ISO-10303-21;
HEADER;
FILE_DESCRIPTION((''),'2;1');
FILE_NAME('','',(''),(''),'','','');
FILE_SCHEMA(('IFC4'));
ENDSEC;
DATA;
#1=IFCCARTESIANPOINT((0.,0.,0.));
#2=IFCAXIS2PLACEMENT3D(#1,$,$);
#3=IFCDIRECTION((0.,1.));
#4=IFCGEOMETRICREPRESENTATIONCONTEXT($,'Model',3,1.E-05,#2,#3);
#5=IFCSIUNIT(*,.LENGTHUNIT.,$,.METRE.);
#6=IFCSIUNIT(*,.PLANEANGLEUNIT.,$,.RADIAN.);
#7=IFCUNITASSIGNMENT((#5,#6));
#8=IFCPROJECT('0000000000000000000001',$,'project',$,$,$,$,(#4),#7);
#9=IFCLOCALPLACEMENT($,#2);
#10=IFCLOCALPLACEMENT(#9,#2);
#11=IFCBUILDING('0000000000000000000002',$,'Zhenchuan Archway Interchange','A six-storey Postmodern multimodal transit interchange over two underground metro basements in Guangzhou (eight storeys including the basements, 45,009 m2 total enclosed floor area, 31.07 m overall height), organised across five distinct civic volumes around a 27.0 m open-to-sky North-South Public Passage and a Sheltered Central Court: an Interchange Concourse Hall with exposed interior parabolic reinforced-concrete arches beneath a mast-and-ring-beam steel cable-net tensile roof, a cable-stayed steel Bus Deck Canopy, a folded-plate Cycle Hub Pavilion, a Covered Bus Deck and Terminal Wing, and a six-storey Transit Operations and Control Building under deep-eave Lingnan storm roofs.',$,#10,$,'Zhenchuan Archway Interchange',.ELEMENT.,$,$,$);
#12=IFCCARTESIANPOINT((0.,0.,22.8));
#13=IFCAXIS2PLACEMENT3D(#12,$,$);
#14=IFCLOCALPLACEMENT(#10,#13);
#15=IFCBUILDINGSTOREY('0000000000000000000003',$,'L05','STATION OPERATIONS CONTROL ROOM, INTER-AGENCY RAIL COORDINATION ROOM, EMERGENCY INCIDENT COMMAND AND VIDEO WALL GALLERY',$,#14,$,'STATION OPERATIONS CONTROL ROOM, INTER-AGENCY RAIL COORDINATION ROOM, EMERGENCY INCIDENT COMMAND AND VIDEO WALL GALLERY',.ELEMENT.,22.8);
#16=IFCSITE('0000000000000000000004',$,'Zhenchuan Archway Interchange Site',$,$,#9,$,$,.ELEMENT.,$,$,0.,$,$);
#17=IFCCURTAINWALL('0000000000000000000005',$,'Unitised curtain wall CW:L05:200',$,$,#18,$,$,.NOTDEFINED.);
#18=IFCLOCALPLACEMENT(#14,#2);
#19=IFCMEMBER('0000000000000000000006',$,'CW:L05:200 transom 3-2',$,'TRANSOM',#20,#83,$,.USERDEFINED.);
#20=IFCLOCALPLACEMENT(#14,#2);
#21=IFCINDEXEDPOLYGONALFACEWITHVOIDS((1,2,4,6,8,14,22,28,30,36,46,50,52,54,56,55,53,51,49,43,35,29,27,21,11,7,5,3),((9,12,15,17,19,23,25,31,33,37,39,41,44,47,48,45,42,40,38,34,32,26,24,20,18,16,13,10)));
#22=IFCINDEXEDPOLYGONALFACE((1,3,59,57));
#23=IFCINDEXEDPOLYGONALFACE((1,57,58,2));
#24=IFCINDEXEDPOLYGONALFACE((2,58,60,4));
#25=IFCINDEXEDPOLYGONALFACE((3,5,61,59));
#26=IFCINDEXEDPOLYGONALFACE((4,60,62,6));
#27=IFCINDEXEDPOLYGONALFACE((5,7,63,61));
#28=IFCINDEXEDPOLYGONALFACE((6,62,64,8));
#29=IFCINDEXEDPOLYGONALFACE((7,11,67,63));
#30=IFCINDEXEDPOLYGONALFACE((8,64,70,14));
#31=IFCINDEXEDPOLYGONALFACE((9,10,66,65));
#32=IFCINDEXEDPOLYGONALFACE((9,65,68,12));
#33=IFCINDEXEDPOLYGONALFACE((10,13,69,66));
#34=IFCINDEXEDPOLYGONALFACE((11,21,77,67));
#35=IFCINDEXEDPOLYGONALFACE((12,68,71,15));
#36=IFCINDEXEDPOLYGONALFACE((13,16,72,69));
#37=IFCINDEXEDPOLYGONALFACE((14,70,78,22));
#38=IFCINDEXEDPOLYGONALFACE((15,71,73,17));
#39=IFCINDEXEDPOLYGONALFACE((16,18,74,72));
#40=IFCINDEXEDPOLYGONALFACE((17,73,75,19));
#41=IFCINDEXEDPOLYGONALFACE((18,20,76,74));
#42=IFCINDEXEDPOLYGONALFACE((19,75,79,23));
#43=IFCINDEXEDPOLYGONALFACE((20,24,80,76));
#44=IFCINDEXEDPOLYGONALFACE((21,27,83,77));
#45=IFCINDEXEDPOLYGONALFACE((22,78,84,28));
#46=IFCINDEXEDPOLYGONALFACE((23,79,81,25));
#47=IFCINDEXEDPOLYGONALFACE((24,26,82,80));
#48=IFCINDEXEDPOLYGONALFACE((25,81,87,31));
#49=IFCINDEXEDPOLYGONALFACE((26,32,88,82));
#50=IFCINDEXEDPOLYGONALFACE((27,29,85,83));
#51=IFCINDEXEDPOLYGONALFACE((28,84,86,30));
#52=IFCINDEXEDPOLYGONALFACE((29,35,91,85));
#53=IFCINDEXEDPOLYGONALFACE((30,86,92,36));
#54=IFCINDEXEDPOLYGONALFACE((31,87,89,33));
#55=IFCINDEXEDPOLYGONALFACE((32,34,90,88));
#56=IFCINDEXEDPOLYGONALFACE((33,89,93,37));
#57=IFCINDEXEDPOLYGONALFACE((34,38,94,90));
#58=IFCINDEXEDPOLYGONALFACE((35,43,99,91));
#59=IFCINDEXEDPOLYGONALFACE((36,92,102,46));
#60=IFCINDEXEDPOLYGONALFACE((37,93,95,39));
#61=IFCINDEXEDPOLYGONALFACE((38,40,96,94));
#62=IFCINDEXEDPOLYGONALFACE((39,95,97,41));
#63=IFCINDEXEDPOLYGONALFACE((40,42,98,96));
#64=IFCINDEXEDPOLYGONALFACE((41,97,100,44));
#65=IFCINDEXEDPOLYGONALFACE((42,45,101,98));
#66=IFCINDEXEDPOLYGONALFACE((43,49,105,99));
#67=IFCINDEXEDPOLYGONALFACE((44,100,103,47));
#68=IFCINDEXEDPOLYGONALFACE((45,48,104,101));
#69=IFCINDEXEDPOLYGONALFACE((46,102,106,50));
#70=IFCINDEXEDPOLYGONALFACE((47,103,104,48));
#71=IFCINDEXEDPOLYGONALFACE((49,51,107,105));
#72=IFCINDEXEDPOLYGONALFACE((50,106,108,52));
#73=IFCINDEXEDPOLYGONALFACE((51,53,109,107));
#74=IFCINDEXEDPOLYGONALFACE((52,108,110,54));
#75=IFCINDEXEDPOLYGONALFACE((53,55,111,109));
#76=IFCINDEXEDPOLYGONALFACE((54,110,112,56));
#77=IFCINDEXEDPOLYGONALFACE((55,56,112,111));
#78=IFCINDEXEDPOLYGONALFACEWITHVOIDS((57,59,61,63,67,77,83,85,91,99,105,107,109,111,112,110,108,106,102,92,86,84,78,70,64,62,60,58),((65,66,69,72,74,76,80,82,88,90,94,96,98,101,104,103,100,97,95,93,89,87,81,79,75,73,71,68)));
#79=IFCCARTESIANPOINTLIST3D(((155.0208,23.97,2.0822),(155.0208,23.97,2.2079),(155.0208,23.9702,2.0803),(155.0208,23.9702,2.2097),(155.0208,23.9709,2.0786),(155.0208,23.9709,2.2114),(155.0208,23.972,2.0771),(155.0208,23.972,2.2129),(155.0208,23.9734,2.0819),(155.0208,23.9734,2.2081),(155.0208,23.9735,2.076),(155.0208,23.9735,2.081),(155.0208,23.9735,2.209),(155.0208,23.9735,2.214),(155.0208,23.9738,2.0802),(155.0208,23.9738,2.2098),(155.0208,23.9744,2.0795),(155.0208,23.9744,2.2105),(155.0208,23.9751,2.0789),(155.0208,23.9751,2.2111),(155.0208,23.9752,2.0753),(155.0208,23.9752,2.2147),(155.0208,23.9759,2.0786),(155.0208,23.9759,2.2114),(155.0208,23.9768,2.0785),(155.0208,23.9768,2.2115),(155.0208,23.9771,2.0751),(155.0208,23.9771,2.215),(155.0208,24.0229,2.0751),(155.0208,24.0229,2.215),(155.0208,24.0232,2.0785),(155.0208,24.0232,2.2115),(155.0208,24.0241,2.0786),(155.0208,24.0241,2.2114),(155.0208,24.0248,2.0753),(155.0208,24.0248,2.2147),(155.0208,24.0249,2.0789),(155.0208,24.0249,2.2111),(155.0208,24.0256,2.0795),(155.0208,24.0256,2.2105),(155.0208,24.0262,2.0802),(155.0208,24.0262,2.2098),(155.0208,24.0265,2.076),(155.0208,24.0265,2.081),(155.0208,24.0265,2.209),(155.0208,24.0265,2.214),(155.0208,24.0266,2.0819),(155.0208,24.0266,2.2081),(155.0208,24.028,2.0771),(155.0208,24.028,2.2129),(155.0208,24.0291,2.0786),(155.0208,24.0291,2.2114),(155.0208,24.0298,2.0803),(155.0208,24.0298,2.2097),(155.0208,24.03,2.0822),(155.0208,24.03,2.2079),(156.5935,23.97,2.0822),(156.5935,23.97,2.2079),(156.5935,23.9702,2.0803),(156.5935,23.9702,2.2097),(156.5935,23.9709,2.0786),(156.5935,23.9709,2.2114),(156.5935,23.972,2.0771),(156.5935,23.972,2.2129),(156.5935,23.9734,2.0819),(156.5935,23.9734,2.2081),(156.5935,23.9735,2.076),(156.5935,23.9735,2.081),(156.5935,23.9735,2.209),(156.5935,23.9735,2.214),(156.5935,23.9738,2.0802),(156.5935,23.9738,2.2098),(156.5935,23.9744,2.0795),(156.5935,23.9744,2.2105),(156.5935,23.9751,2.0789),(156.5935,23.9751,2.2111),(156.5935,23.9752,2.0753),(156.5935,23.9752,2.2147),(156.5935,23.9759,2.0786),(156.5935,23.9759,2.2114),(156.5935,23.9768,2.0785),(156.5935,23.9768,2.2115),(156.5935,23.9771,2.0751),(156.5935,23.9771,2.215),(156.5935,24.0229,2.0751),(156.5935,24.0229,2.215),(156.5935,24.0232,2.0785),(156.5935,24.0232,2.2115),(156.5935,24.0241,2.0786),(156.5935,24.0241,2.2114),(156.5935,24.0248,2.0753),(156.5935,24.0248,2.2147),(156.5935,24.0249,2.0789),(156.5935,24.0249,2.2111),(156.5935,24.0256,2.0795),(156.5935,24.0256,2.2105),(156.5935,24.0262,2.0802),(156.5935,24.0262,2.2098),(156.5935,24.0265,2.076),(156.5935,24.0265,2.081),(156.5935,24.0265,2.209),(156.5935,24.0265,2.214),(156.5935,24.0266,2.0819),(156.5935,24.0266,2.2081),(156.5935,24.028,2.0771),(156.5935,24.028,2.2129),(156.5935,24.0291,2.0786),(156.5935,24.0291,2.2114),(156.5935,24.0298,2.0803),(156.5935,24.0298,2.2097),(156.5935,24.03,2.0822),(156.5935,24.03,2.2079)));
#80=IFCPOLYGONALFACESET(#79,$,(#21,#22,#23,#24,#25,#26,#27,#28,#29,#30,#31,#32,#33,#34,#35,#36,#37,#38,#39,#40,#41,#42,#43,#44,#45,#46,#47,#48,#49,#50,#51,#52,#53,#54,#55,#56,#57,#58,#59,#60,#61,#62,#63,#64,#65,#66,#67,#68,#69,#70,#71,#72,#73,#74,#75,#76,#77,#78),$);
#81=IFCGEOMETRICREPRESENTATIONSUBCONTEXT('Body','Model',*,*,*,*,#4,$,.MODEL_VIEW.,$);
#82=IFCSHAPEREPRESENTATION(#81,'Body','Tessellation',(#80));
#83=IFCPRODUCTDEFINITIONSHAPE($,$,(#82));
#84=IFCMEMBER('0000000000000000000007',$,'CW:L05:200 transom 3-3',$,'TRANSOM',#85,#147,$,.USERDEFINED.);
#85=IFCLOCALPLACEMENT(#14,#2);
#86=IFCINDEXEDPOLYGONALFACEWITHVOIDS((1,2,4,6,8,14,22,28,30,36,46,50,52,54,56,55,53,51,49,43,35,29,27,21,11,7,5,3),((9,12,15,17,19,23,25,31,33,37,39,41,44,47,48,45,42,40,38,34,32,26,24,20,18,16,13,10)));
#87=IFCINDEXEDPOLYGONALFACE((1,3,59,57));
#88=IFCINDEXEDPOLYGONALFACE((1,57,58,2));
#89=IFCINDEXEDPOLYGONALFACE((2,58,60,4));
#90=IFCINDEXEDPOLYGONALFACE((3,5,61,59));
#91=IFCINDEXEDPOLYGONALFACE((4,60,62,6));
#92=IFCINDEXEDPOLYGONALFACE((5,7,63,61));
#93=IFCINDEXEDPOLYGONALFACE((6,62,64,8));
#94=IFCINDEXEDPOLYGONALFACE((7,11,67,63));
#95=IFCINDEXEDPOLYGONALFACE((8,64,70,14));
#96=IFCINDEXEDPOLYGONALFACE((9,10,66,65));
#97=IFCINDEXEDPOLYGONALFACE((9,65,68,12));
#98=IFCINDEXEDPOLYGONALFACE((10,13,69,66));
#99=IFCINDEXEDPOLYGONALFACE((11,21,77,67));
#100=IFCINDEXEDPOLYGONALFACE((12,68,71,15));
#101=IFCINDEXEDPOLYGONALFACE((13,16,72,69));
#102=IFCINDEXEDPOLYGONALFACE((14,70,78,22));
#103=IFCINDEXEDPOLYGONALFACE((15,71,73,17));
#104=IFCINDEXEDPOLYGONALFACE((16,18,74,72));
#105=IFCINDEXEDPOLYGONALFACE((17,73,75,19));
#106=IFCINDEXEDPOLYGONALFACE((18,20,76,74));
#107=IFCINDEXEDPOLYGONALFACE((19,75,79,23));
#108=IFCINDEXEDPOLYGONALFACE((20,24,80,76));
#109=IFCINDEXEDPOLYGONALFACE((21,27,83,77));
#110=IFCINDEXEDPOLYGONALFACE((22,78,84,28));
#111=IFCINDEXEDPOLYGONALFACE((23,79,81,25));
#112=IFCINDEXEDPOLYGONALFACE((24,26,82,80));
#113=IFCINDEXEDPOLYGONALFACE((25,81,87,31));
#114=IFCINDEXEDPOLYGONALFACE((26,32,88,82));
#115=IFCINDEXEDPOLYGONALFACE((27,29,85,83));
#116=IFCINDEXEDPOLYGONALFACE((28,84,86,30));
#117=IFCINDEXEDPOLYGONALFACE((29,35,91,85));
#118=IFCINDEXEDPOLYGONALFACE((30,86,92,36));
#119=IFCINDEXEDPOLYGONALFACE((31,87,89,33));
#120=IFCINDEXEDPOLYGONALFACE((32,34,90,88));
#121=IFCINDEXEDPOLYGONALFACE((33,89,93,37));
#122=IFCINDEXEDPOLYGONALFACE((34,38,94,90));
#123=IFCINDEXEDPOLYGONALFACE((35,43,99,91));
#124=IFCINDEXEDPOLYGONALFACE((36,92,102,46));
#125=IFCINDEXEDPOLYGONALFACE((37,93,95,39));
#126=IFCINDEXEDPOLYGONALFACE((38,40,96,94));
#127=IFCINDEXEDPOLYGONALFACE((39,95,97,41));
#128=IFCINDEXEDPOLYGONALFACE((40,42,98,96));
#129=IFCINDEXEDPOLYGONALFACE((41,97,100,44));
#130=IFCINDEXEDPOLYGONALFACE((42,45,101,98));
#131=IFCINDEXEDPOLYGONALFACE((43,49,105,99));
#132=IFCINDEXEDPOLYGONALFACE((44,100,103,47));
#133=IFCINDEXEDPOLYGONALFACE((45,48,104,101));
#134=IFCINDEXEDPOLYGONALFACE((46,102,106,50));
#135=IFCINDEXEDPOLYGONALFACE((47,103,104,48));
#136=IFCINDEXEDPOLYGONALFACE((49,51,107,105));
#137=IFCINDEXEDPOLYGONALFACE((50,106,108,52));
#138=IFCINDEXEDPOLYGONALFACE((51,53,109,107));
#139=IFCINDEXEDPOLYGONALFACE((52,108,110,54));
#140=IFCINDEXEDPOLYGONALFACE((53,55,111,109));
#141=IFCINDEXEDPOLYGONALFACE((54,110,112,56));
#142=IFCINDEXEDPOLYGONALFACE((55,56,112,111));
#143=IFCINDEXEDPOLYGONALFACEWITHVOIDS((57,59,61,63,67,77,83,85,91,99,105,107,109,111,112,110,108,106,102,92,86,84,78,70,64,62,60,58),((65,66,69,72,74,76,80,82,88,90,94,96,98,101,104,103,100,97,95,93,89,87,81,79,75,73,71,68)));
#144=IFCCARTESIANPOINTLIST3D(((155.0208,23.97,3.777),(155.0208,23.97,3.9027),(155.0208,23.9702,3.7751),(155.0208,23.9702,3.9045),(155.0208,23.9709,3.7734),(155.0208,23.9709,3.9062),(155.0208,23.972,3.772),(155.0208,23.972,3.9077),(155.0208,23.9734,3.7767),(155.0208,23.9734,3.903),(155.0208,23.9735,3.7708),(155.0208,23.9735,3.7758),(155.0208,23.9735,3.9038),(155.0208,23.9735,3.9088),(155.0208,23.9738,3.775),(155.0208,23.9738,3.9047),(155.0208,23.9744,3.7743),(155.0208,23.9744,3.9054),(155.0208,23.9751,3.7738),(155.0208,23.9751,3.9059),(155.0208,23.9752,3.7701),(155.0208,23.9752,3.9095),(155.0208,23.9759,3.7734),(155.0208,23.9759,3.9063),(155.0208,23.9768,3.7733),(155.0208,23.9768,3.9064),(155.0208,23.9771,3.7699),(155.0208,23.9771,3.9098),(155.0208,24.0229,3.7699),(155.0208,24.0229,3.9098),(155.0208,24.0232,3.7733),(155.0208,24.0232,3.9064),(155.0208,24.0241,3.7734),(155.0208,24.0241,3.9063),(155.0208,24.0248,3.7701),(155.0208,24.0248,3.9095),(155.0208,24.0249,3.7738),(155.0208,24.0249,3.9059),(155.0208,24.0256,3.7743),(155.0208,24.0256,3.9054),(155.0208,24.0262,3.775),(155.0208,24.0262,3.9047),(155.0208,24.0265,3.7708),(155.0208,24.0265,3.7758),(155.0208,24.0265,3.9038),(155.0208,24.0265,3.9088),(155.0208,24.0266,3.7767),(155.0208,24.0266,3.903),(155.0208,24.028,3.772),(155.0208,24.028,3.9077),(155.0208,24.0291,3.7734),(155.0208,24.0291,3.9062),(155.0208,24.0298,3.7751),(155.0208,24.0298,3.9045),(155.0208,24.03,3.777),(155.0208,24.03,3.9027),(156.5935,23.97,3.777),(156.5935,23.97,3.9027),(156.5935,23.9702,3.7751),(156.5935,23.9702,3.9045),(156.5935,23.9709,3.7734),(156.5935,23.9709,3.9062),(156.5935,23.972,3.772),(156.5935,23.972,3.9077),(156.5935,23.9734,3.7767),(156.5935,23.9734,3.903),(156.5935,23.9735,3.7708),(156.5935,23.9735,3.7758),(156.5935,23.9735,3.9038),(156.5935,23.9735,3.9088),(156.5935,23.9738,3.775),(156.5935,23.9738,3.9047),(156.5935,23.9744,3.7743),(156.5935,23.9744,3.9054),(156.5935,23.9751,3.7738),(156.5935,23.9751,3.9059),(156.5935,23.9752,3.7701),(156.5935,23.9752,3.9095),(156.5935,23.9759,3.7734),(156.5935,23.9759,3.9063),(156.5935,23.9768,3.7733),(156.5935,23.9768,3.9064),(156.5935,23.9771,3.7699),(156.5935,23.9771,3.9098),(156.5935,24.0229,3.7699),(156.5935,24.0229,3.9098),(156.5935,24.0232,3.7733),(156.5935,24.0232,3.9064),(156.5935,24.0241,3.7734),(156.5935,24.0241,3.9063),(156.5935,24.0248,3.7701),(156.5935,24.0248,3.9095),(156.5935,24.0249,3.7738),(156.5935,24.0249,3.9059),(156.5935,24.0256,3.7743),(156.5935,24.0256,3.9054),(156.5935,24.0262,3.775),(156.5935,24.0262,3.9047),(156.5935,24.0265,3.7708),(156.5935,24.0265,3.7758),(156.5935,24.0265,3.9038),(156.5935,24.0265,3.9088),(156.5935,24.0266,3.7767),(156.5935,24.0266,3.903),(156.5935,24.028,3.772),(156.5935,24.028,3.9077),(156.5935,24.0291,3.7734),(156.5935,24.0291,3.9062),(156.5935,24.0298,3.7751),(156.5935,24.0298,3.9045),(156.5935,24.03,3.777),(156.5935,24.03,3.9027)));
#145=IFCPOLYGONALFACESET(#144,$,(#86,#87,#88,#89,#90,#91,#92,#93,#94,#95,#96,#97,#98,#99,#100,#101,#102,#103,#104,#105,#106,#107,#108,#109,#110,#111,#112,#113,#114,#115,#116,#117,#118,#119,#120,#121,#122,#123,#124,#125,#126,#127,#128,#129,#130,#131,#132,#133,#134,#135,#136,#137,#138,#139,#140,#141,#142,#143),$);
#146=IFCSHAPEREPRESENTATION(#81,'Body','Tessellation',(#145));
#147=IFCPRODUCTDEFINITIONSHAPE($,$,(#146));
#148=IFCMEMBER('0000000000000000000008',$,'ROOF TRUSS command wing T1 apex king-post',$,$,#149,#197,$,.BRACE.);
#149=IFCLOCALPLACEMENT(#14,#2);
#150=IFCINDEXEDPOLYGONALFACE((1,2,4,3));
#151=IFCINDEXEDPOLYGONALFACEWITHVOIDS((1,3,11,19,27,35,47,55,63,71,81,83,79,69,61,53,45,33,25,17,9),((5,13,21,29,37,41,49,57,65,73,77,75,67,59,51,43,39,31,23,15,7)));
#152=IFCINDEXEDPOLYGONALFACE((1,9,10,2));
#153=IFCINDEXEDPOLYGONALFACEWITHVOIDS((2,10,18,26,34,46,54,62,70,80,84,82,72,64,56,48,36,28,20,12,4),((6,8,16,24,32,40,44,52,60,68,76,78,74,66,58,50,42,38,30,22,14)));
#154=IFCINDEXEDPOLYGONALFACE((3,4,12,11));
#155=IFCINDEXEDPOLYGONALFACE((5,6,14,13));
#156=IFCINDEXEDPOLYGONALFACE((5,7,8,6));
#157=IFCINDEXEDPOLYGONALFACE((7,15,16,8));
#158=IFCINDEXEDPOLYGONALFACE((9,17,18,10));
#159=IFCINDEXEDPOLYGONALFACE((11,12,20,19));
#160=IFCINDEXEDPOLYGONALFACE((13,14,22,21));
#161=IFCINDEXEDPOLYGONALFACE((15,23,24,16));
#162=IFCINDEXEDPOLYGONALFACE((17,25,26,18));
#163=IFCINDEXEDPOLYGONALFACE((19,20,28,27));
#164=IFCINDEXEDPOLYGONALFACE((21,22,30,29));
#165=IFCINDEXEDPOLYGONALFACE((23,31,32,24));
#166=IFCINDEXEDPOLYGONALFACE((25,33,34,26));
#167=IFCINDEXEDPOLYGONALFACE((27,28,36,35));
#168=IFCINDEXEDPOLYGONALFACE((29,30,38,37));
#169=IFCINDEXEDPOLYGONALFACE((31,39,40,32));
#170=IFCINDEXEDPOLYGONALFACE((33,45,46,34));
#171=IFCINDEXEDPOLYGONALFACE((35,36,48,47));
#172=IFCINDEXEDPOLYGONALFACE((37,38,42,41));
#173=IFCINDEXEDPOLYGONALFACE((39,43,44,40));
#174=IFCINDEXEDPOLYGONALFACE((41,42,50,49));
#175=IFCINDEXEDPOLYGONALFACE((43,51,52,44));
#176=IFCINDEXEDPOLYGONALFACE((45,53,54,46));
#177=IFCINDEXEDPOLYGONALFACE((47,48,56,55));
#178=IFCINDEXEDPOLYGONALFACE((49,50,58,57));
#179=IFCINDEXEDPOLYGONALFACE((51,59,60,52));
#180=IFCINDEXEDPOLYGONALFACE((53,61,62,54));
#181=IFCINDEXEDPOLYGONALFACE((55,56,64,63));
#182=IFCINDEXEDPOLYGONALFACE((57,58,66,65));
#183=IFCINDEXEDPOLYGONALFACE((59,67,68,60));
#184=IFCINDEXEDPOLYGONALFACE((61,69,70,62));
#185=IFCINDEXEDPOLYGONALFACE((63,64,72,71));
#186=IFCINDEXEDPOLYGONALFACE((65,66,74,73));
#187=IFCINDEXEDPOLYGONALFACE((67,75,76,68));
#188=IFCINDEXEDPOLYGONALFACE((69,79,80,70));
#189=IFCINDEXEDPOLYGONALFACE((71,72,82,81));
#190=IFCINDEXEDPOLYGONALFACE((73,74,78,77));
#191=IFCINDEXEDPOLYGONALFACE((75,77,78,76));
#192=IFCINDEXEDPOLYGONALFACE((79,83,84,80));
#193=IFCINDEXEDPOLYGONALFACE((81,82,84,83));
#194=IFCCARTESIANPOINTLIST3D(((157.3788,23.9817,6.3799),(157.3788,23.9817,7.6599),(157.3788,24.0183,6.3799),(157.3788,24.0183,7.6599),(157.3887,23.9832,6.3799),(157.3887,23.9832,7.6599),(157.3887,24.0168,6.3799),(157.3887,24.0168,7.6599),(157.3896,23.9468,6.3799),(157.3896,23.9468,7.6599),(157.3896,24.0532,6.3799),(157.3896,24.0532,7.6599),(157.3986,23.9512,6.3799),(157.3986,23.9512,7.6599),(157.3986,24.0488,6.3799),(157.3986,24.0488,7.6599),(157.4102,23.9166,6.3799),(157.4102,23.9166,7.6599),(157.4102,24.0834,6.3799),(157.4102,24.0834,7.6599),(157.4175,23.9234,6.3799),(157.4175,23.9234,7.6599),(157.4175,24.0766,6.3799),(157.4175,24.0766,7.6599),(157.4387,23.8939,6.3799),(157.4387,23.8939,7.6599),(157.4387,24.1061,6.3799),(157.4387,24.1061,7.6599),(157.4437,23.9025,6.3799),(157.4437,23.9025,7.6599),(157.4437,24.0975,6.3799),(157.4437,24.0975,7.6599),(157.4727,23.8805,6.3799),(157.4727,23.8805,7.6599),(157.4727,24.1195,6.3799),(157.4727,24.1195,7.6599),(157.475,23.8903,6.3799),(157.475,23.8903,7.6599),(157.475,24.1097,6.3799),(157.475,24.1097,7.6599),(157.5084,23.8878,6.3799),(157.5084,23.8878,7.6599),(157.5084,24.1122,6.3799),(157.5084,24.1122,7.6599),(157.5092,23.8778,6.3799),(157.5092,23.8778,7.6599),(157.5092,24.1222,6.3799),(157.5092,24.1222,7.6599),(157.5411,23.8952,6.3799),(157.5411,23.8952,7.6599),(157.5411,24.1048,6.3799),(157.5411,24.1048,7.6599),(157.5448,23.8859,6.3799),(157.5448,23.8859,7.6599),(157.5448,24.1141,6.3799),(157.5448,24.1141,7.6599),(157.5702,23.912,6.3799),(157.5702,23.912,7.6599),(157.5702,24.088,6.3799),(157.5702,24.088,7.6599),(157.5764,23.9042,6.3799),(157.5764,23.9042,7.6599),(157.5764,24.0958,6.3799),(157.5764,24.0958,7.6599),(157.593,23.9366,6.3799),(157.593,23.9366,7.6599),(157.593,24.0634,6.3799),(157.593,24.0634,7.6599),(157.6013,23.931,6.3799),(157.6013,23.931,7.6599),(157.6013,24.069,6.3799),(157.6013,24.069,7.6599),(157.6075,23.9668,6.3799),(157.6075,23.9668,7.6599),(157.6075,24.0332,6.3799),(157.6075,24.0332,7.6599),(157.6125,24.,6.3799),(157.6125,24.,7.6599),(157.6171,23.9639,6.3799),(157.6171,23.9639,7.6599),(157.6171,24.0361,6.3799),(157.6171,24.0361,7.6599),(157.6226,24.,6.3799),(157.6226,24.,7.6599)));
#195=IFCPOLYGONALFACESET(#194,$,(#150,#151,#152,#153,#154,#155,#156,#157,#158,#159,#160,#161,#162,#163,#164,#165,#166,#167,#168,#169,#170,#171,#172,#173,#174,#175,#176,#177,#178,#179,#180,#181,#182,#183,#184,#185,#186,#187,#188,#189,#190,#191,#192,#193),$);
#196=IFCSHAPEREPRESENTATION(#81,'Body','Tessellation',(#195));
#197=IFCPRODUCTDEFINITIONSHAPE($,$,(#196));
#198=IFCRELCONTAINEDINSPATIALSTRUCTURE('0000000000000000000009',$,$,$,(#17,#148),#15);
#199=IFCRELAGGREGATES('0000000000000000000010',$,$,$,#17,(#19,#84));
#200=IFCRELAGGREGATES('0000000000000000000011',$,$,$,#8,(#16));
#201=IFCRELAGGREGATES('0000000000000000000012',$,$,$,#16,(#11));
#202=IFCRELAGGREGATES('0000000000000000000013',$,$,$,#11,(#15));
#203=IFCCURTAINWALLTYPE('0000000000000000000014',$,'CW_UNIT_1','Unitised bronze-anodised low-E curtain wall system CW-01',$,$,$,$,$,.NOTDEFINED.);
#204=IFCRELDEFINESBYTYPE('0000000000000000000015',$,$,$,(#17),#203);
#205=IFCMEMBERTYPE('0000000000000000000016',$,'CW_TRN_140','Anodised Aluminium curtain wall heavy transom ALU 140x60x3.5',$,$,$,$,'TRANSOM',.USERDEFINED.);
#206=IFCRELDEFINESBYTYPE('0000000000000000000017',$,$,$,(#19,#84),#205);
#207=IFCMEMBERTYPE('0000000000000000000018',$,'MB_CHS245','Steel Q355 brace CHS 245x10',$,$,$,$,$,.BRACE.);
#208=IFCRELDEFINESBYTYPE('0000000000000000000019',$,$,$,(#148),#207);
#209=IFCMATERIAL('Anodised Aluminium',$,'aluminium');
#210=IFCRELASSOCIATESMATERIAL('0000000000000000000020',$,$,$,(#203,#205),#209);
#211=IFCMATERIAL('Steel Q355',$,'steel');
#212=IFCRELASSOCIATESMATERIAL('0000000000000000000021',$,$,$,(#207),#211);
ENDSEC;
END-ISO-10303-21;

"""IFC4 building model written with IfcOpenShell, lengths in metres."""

from ifc_helpers import new_model, si_unit, direction, frame, origin, origin_2d, place, context, subcontext, project, spatial, hollow_rectangle, hollow_circle, extrude, material, material_profile, profile_set, type_object, element, aggregate, save


model = new_model("IFC4")

# Units and contexts
model_context = context("Model", 3, precision=1e-05, world=origin(), true_north=direction((0.0, 1.0)))
body_context = subcontext(model_context, "Body", "Model", "MODEL_VIEW")
ifc_project = project(units=[si_unit("LENGTHUNIT", "METRE"), si_unit("PLANEANGLEUNIT", "RADIAN")], contexts=[model_context])

# Site, building, storey
site_placement = place(None, origin())
site = spatial("IfcSite", under=ifc_project, at=site_placement, Name="Zhenchuan Archway Interchange Site", CompositionType="ELEMENT", RefElevation=0.0)
building_placement = place(site_placement, origin())
building = spatial("IfcBuilding", under=site, at=building_placement, Name="Zhenchuan Archway Interchange", Description="A six-storey Postmodern multimodal transit interchange over two underground metro basements in Guangzhou (eight storeys including the basements, 45,009 m2 total enclosed floor area, 31.07 m overall height), organised across five distinct civic volumes around a 27.0 m open-to-sky North-South Public Passage and a Sheltered Central Court: an Interchange Concourse Hall with exposed interior parabolic reinforced-concrete arches beneath a mast-and-ring-beam steel cable-net tensile roof, a cable-stayed steel Bus Deck Canopy, a folded-plate Cycle Hub Pavilion, a Covered Bus Deck and Terminal Wing, and a six-storey Transit Operations and Control Building under deep-eave Lingnan storm roofs.", LongName="Zhenchuan Archway Interchange", CompositionType="ELEMENT")
storey_placement = place(building_placement, frame((0.0, 0.0, 22.8)))
storey = spatial("IfcBuildingStorey", under=building, at=storey_placement, Name="L05", Description="STATION OPERATIONS CONTROL ROOM, INTER-AGENCY RAIL COORDINATION ROOM, EMERGENCY INCIDENT COMMAND AND VIDEO WALL GALLERY", LongName="STATION OPERATIONS CONTROL ROOM, INTER-AGENCY RAIL COORDINATION ROOM, EMERGENCY INCIDENT COMMAND AND VIDEO WALL GALLERY", CompositionType="ELEMENT", Elevation=22.8)

# Shared definitions
ifc_material_1 = material(Name="Steel Q355", Category="steel")

# Curtain wall, members
ifc_material_2 = material(Name="Anodised Aluminium", Category="aluminium")
curtain_wall_type = type_object("IfcCurtainWallType", Name="CW_UNIT_1", Description="Unitised bronze-anodised low-E curtain wall system CW-01", PredefinedType="NOTDEFINED", material=ifc_material_2)
curtain_wall_placement = place(storey_placement, origin())
curtain_wall = element("IfcCurtainWall", 1, at=curtain_wall_placement, inside=storey, type_object=curtain_wall_type, Name="Unitised curtain wall CW:L05:200", PredefinedType="NOTDEFINED")
ifc_material_profile_1 = material_profile(ifc_material_2, hollow_rectangle(XDim=0.0601, YDim=0.1399, WallThickness=0.0034, InnerFilletRadius=0.0034, OuterFilletRadius=0.0071, at=origin_2d()), Name="ALU 140x60x3.5")
ifc_profile_set_1 = profile_set([ifc_material_profile_1], Name="Anodised Aluminium")
member_type_1 = type_object("IfcMemberType", Name="CW_TRN_140", Description="Anodised Aluminium curtain wall heavy transom ALU 140x60x3.5", ElementType="TRANSOM", PredefinedType="USERDEFINED", material=ifc_profile_set_1)
member_1_placement = place(storey_placement, frame((156.5935, 24.0, 2.145), z_axis=(-1.0, 0.0, 0.0), x_axis=(0.0, -1.0, 0.0)))
member_1 = element("IfcMember", 2, at=member_1_placement, type_object=member_type_1, Name="CW:L05:200 transom 3-2", ObjectType="TRANSOM", PredefinedType="USERDEFINED", context=body_context, shape_type="SweptSolid", body=[
    extrude(hollow_rectangle(XDim=0.0601, YDim=0.1399, WallThickness=0.0034, InnerFilletRadius=0.0034, OuterFilletRadius=0.0071, at=origin_2d()), origin(), (0.0, 0.0, 1.0), 1.5728),
])
member_2_placement = place(storey_placement, frame((156.5935, 24.0, 3.8398), z_axis=(-1.0, 0.0, 0.0), x_axis=(0.0, -1.0, 0.0)))
member_2 = element("IfcMember", 3, at=member_2_placement, type_object=member_type_1, Name="CW:L05:200 transom 3-3", ObjectType="TRANSOM", PredefinedType="USERDEFINED", context=body_context, shape_type="SweptSolid", body=[
    extrude(hollow_rectangle(XDim=0.0601, YDim=0.1399, WallThickness=0.0034, InnerFilletRadius=0.0034, OuterFilletRadius=0.0071, at=origin_2d()), origin(), (0.0, 0.0, 1.0), 1.5728),
])

# Member
ifc_material_profile_2 = material_profile(ifc_material_1, hollow_circle(Radius=0.1226, WallThickness=0.01, at=origin_2d()), Name="CHS 245x10")
ifc_profile_set_2 = profile_set([ifc_material_profile_2], Name="Steel Q355")
member_type_2 = type_object("IfcMemberType", Name="MB_CHS245", Description="Steel Q355 brace CHS 245x10", PredefinedType="BRACE", material=ifc_profile_set_2)
member_3_placement = place(storey_placement, frame((157.5, 24.0, 6.3799), z_axis=(0.0, 0.0, 1.0), x_axis=(1.0, 0.0, 0.0)))
element("IfcMember", 4, at=member_3_placement, inside=storey, type_object=member_type_2, Name="ROOF TRUSS command wing T1 apex king-post", PredefinedType="BRACE", context=body_context, shape_type="SweptSolid", body=[
    extrude(hollow_circle(Radius=0.1226, WallThickness=0.01, at=origin_2d()), origin(), (0.0, 0.0, 1.0), 1.28),
])

aggregate(curtain_wall, [member_1, member_2])

save(model, "model.ifc")
